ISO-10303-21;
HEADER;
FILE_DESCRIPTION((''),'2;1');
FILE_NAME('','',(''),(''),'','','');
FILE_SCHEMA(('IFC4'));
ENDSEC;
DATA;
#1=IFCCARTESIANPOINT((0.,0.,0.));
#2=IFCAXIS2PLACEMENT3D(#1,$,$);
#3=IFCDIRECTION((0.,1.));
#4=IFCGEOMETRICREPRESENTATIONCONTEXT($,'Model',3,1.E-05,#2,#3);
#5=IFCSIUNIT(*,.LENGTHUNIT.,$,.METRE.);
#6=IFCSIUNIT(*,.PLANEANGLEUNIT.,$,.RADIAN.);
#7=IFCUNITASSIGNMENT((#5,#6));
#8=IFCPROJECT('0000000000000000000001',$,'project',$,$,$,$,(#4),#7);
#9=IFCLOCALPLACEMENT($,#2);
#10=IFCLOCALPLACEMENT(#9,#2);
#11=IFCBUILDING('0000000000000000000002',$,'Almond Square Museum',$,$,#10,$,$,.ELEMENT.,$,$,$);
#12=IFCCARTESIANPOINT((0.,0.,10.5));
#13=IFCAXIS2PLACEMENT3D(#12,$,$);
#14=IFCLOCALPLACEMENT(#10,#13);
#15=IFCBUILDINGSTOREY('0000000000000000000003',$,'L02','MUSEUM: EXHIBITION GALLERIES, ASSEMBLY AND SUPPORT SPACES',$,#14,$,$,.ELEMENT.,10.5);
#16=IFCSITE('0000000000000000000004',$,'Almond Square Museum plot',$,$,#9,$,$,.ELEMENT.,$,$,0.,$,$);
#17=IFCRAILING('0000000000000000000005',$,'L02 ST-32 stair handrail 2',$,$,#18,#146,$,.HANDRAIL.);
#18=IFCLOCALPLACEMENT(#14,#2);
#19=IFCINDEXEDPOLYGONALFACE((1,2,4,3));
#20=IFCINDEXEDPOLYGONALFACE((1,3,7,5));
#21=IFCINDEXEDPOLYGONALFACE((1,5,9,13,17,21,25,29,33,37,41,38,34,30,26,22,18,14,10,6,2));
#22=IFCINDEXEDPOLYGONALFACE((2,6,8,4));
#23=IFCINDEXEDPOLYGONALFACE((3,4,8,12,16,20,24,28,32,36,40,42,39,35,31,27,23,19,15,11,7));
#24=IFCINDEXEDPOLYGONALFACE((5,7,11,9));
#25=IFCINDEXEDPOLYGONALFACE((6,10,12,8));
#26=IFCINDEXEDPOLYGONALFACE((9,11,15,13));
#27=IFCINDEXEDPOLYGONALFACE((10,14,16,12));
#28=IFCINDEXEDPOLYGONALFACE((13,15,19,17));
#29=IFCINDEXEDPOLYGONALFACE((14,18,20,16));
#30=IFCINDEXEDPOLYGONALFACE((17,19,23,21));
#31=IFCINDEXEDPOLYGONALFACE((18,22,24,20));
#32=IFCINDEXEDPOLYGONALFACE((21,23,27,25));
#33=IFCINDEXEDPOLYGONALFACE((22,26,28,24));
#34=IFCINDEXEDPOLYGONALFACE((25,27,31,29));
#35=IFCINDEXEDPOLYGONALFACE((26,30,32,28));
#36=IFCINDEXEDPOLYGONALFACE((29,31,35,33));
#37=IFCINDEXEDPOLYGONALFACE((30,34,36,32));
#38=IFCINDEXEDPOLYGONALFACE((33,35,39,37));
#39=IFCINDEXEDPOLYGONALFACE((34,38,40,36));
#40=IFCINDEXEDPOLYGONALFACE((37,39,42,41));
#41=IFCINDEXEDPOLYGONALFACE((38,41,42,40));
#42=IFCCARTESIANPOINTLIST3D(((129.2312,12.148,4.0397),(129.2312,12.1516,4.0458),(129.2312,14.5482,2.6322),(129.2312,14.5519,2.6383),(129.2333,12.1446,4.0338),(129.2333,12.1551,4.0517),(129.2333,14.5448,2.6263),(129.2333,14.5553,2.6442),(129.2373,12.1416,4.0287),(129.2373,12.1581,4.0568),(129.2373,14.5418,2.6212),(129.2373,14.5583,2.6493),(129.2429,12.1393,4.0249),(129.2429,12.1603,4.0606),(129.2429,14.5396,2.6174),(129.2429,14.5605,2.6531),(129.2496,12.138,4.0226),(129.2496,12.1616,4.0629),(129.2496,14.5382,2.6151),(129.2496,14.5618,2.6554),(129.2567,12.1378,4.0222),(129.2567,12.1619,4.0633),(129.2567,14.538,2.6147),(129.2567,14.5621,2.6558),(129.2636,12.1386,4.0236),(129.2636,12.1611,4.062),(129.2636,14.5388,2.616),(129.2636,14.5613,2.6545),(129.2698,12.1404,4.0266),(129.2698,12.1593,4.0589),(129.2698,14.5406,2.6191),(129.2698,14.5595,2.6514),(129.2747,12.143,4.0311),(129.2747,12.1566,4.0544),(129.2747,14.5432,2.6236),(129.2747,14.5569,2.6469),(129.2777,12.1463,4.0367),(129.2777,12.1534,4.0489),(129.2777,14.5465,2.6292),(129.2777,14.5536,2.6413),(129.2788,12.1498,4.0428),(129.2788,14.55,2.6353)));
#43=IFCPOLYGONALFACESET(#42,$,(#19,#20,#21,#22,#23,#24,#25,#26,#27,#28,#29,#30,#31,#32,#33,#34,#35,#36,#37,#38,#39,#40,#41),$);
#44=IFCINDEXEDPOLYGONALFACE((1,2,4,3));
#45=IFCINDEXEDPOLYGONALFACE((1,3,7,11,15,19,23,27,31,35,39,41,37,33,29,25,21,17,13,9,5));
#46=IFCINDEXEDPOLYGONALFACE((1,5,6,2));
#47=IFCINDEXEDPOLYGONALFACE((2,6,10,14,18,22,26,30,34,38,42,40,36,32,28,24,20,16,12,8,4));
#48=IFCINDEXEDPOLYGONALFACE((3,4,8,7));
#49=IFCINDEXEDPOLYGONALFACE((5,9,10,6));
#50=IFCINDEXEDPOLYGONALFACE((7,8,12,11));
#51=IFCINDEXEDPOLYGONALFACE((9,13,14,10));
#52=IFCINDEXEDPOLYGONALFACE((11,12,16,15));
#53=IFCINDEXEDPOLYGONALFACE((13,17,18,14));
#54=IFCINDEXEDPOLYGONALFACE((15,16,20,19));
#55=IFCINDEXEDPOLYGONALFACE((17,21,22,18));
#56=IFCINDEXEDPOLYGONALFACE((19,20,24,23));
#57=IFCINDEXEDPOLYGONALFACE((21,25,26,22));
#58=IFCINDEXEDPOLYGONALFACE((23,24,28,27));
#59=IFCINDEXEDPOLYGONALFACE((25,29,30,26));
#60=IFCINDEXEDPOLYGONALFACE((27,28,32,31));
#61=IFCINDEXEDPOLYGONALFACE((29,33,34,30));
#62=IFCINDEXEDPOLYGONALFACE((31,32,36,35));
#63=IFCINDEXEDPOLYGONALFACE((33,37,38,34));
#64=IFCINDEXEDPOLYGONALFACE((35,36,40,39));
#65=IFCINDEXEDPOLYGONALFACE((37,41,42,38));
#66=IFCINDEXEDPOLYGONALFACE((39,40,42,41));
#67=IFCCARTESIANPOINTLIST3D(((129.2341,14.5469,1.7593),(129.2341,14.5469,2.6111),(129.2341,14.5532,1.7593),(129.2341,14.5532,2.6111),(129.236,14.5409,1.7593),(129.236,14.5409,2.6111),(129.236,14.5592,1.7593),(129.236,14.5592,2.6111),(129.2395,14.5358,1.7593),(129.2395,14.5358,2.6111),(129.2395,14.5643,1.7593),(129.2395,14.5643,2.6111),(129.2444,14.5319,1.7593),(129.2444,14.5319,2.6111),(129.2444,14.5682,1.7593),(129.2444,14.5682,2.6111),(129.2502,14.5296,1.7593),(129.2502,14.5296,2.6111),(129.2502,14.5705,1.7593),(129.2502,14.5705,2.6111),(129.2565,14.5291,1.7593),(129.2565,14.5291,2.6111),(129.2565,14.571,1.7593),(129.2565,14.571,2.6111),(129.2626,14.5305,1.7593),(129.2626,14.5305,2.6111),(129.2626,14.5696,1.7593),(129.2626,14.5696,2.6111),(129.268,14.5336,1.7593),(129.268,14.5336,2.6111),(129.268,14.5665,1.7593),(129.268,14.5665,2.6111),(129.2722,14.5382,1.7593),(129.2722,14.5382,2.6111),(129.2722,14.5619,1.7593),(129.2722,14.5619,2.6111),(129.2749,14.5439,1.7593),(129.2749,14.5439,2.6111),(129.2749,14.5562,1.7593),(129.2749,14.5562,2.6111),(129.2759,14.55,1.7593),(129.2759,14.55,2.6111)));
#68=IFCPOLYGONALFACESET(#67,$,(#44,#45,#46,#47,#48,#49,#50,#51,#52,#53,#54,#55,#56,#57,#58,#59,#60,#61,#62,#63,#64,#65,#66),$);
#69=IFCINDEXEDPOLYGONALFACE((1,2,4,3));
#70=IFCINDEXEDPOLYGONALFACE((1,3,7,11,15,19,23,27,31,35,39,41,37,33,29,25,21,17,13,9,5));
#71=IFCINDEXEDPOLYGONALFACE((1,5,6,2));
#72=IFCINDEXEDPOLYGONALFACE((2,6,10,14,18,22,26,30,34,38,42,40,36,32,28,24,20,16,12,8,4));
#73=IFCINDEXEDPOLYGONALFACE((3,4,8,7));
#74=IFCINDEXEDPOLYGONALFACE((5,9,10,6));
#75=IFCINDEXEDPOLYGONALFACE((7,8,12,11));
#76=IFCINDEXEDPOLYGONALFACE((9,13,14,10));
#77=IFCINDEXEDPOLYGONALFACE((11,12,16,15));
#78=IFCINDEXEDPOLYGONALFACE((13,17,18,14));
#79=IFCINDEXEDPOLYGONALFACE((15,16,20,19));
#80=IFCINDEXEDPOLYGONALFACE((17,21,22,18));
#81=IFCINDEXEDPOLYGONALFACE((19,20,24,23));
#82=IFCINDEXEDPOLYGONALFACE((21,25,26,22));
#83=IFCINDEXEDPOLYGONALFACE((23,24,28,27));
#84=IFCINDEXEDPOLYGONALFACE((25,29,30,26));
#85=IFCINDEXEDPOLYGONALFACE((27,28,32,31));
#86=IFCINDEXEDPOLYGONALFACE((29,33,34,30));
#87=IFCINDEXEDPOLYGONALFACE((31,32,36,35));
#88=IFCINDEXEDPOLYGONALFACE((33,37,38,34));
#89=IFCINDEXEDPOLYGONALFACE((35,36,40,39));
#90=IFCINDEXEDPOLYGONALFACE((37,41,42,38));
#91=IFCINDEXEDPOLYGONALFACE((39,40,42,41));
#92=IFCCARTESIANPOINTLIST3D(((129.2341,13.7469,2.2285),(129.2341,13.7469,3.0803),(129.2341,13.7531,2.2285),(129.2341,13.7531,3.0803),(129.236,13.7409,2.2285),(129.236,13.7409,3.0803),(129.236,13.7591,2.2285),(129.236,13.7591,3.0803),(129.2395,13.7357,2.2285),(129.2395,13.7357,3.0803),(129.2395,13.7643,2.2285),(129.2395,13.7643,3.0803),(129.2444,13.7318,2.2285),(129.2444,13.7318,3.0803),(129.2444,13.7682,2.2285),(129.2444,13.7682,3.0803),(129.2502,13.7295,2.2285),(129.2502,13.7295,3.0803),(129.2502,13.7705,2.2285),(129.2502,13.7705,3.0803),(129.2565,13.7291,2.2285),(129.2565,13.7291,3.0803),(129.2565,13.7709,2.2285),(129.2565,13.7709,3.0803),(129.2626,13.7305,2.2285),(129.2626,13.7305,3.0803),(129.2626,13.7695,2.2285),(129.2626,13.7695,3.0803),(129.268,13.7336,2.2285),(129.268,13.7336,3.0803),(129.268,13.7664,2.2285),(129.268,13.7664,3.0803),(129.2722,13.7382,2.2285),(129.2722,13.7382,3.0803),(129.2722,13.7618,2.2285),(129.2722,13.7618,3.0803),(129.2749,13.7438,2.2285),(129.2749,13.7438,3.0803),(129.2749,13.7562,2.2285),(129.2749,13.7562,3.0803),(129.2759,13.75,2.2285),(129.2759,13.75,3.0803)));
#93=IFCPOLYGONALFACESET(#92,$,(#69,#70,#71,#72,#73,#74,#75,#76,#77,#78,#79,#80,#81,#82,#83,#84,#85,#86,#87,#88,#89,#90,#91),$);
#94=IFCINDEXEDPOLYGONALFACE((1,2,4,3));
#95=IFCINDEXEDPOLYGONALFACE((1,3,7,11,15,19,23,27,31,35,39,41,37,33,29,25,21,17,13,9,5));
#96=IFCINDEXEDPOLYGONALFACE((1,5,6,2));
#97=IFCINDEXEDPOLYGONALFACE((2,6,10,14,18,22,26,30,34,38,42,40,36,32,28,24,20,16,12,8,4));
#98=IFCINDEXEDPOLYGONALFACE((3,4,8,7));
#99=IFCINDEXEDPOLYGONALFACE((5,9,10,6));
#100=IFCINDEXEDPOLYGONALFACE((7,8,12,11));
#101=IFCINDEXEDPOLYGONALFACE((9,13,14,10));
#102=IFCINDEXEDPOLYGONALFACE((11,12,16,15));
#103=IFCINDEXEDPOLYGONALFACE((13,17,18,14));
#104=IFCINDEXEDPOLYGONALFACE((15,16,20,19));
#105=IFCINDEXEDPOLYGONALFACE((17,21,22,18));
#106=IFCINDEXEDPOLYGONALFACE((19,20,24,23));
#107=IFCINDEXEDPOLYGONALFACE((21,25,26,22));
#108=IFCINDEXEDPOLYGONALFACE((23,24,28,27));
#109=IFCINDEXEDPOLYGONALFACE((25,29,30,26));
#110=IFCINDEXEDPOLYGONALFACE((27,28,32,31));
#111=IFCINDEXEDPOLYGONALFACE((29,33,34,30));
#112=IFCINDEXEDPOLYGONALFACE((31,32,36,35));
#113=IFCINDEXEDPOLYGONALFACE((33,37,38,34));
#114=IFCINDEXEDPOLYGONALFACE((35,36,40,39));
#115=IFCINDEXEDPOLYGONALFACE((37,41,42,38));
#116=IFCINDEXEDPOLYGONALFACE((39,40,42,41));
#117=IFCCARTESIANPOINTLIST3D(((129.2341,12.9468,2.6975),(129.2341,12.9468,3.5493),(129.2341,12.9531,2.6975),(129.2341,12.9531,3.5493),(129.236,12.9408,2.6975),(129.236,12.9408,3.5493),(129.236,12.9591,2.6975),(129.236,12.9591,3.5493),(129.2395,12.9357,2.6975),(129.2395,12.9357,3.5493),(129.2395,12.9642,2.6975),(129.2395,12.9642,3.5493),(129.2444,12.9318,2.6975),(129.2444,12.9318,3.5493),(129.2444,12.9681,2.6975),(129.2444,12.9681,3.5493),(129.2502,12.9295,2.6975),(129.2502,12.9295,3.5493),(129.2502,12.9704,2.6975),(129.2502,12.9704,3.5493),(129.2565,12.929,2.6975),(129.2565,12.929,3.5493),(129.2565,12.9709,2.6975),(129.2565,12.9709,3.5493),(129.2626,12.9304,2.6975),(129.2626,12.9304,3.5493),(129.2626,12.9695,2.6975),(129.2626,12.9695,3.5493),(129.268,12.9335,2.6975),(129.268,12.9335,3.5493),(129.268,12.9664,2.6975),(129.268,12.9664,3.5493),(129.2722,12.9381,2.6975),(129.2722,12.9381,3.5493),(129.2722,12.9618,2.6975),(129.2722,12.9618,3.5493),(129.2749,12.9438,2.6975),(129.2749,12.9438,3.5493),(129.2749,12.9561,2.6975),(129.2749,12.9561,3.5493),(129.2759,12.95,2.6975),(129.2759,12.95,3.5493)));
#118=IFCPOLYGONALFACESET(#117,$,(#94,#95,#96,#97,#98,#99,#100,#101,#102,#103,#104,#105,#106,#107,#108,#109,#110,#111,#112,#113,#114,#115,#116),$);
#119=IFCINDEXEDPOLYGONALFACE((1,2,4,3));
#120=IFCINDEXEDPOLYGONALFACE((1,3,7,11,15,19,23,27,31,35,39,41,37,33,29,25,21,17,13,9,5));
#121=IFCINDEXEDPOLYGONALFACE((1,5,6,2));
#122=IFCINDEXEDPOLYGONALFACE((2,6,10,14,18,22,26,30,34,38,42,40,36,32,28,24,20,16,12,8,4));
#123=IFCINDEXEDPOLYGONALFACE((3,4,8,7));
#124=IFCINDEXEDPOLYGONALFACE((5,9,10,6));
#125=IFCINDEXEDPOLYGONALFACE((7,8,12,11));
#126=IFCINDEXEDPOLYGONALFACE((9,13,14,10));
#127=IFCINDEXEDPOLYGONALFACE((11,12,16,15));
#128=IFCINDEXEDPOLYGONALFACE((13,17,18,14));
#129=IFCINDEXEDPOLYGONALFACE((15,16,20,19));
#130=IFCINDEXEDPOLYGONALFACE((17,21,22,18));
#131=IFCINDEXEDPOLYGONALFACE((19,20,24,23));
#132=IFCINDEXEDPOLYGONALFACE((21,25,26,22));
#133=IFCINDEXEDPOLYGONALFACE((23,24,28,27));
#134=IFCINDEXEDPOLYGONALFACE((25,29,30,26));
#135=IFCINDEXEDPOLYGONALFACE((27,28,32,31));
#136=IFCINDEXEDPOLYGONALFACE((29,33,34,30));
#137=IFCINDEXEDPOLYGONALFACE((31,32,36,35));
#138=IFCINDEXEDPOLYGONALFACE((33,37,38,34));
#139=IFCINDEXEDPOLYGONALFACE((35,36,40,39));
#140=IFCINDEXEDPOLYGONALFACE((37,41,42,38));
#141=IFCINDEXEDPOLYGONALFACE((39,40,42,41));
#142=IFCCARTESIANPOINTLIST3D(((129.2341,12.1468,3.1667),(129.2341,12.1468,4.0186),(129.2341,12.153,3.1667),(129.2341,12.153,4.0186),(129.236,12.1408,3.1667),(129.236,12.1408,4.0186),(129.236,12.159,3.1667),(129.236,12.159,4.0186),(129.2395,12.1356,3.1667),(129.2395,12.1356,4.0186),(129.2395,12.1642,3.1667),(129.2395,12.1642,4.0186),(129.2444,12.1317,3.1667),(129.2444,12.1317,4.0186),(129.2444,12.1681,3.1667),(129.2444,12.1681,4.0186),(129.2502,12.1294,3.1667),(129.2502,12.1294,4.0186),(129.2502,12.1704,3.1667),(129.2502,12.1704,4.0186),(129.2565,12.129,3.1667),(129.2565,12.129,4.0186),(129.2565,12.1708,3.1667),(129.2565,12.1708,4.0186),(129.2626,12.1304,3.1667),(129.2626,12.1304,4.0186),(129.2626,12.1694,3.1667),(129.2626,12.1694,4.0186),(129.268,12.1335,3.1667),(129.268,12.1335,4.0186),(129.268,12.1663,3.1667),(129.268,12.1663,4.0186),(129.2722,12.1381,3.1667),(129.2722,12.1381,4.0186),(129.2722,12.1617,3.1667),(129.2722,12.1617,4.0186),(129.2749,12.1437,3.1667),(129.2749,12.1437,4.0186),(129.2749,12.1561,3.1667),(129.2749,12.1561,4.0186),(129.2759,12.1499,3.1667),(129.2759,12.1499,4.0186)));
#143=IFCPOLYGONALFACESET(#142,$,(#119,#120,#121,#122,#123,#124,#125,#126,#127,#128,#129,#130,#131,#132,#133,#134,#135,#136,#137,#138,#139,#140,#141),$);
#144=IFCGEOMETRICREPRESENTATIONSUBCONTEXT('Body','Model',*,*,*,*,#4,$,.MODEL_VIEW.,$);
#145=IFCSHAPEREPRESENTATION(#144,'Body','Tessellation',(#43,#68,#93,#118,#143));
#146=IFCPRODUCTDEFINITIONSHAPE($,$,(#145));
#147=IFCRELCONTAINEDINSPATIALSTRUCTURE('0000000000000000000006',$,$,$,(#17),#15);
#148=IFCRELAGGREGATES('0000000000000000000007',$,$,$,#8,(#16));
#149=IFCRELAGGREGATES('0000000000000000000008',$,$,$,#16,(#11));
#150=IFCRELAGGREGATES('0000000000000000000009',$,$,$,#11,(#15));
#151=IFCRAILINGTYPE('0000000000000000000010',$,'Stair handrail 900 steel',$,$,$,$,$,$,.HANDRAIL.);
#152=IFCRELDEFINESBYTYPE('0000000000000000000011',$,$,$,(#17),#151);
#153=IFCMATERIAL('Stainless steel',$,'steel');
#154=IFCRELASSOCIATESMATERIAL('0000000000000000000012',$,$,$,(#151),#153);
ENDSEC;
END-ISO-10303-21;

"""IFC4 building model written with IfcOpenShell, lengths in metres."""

from ifc_helpers import new_model, si_unit, direction, frame, origin, origin_2d, place, context, subcontext, project, spatial, circle, extrude, material, type_object, element, save


model = new_model("IFC4")

# Units and contexts
model_context = context("Model", 3, precision=1e-05, world=origin(), true_north=direction((0.0, 1.0)))
body_context = subcontext(model_context, "Body", "Model", "MODEL_VIEW")
ifc_project = project(units=[si_unit("LENGTHUNIT", "METRE"), si_unit("PLANEANGLEUNIT", "RADIAN")], contexts=[model_context])

# Site, building, storey
site_placement = place(None, origin())
site = spatial("IfcSite", under=ifc_project, at=site_placement, Name="Almond Square Museum plot", CompositionType="ELEMENT", RefElevation=0.0)
building_placement = place(site_placement, origin())
building = spatial("IfcBuilding", under=site, at=building_placement, Name="Almond Square Museum", CompositionType="ELEMENT")
storey_placement = place(building_placement, frame((0.0, 0.0, 10.5)))
storey = spatial("IfcBuildingStorey", under=building, at=storey_placement, Name="L02", Description="MUSEUM: EXHIBITION GALLERIES, ASSEMBLY AND SUPPORT SPACES", CompositionType="ELEMENT", Elevation=10.5)

# Railing
ifc_material_1 = material(Name="Stainless steel", Category="steel")
railing_type_1 = type_object("IfcRailingType", Name="Stair handrail 900 steel", PredefinedType="HANDRAIL", material=ifc_material_1)
railing_1_placement = place(storey_placement, frame((129.2549, 14.55, 1.7593)))
element("IfcRailing", 1, at=railing_1_placement, inside=storey, type_object=railing_type_1, Name="L02 ST-32 stair handrail 2", PredefinedType="HANDRAIL", context=body_context, shape_type="SweptSolid", body=[
    extrude(circle(Radius=0.0239, at=origin_2d()), frame((0.0, 0.0, 0.876), z_axis=(0.0, -0.862621, 0.50585), x_axis=(1.0, 0.0, 0.0)), (0.0, 0.0, 1.0), 2.7825),
    extrude(circle(Radius=0.021, at=origin_2d()), origin(), (0.0, 0.0, 1.0), 0.8518),
    extrude(circle(Radius=0.021, at=origin_2d()), frame((0.0, -0.8, 0.4692)), (0.0, 0.0, 1.0), 0.8518),
    extrude(circle(Radius=0.021, at=origin_2d()), frame((0.0, -1.6001, 0.9382)), (0.0, 0.0, 1.0), 0.8518),
    extrude(circle(Radius=0.021, at=origin_2d()), frame((0.0, -2.4001, 1.4075)), (0.0, 0.0, 1.0), 0.8518),
])

save(model, "model.ifc")
